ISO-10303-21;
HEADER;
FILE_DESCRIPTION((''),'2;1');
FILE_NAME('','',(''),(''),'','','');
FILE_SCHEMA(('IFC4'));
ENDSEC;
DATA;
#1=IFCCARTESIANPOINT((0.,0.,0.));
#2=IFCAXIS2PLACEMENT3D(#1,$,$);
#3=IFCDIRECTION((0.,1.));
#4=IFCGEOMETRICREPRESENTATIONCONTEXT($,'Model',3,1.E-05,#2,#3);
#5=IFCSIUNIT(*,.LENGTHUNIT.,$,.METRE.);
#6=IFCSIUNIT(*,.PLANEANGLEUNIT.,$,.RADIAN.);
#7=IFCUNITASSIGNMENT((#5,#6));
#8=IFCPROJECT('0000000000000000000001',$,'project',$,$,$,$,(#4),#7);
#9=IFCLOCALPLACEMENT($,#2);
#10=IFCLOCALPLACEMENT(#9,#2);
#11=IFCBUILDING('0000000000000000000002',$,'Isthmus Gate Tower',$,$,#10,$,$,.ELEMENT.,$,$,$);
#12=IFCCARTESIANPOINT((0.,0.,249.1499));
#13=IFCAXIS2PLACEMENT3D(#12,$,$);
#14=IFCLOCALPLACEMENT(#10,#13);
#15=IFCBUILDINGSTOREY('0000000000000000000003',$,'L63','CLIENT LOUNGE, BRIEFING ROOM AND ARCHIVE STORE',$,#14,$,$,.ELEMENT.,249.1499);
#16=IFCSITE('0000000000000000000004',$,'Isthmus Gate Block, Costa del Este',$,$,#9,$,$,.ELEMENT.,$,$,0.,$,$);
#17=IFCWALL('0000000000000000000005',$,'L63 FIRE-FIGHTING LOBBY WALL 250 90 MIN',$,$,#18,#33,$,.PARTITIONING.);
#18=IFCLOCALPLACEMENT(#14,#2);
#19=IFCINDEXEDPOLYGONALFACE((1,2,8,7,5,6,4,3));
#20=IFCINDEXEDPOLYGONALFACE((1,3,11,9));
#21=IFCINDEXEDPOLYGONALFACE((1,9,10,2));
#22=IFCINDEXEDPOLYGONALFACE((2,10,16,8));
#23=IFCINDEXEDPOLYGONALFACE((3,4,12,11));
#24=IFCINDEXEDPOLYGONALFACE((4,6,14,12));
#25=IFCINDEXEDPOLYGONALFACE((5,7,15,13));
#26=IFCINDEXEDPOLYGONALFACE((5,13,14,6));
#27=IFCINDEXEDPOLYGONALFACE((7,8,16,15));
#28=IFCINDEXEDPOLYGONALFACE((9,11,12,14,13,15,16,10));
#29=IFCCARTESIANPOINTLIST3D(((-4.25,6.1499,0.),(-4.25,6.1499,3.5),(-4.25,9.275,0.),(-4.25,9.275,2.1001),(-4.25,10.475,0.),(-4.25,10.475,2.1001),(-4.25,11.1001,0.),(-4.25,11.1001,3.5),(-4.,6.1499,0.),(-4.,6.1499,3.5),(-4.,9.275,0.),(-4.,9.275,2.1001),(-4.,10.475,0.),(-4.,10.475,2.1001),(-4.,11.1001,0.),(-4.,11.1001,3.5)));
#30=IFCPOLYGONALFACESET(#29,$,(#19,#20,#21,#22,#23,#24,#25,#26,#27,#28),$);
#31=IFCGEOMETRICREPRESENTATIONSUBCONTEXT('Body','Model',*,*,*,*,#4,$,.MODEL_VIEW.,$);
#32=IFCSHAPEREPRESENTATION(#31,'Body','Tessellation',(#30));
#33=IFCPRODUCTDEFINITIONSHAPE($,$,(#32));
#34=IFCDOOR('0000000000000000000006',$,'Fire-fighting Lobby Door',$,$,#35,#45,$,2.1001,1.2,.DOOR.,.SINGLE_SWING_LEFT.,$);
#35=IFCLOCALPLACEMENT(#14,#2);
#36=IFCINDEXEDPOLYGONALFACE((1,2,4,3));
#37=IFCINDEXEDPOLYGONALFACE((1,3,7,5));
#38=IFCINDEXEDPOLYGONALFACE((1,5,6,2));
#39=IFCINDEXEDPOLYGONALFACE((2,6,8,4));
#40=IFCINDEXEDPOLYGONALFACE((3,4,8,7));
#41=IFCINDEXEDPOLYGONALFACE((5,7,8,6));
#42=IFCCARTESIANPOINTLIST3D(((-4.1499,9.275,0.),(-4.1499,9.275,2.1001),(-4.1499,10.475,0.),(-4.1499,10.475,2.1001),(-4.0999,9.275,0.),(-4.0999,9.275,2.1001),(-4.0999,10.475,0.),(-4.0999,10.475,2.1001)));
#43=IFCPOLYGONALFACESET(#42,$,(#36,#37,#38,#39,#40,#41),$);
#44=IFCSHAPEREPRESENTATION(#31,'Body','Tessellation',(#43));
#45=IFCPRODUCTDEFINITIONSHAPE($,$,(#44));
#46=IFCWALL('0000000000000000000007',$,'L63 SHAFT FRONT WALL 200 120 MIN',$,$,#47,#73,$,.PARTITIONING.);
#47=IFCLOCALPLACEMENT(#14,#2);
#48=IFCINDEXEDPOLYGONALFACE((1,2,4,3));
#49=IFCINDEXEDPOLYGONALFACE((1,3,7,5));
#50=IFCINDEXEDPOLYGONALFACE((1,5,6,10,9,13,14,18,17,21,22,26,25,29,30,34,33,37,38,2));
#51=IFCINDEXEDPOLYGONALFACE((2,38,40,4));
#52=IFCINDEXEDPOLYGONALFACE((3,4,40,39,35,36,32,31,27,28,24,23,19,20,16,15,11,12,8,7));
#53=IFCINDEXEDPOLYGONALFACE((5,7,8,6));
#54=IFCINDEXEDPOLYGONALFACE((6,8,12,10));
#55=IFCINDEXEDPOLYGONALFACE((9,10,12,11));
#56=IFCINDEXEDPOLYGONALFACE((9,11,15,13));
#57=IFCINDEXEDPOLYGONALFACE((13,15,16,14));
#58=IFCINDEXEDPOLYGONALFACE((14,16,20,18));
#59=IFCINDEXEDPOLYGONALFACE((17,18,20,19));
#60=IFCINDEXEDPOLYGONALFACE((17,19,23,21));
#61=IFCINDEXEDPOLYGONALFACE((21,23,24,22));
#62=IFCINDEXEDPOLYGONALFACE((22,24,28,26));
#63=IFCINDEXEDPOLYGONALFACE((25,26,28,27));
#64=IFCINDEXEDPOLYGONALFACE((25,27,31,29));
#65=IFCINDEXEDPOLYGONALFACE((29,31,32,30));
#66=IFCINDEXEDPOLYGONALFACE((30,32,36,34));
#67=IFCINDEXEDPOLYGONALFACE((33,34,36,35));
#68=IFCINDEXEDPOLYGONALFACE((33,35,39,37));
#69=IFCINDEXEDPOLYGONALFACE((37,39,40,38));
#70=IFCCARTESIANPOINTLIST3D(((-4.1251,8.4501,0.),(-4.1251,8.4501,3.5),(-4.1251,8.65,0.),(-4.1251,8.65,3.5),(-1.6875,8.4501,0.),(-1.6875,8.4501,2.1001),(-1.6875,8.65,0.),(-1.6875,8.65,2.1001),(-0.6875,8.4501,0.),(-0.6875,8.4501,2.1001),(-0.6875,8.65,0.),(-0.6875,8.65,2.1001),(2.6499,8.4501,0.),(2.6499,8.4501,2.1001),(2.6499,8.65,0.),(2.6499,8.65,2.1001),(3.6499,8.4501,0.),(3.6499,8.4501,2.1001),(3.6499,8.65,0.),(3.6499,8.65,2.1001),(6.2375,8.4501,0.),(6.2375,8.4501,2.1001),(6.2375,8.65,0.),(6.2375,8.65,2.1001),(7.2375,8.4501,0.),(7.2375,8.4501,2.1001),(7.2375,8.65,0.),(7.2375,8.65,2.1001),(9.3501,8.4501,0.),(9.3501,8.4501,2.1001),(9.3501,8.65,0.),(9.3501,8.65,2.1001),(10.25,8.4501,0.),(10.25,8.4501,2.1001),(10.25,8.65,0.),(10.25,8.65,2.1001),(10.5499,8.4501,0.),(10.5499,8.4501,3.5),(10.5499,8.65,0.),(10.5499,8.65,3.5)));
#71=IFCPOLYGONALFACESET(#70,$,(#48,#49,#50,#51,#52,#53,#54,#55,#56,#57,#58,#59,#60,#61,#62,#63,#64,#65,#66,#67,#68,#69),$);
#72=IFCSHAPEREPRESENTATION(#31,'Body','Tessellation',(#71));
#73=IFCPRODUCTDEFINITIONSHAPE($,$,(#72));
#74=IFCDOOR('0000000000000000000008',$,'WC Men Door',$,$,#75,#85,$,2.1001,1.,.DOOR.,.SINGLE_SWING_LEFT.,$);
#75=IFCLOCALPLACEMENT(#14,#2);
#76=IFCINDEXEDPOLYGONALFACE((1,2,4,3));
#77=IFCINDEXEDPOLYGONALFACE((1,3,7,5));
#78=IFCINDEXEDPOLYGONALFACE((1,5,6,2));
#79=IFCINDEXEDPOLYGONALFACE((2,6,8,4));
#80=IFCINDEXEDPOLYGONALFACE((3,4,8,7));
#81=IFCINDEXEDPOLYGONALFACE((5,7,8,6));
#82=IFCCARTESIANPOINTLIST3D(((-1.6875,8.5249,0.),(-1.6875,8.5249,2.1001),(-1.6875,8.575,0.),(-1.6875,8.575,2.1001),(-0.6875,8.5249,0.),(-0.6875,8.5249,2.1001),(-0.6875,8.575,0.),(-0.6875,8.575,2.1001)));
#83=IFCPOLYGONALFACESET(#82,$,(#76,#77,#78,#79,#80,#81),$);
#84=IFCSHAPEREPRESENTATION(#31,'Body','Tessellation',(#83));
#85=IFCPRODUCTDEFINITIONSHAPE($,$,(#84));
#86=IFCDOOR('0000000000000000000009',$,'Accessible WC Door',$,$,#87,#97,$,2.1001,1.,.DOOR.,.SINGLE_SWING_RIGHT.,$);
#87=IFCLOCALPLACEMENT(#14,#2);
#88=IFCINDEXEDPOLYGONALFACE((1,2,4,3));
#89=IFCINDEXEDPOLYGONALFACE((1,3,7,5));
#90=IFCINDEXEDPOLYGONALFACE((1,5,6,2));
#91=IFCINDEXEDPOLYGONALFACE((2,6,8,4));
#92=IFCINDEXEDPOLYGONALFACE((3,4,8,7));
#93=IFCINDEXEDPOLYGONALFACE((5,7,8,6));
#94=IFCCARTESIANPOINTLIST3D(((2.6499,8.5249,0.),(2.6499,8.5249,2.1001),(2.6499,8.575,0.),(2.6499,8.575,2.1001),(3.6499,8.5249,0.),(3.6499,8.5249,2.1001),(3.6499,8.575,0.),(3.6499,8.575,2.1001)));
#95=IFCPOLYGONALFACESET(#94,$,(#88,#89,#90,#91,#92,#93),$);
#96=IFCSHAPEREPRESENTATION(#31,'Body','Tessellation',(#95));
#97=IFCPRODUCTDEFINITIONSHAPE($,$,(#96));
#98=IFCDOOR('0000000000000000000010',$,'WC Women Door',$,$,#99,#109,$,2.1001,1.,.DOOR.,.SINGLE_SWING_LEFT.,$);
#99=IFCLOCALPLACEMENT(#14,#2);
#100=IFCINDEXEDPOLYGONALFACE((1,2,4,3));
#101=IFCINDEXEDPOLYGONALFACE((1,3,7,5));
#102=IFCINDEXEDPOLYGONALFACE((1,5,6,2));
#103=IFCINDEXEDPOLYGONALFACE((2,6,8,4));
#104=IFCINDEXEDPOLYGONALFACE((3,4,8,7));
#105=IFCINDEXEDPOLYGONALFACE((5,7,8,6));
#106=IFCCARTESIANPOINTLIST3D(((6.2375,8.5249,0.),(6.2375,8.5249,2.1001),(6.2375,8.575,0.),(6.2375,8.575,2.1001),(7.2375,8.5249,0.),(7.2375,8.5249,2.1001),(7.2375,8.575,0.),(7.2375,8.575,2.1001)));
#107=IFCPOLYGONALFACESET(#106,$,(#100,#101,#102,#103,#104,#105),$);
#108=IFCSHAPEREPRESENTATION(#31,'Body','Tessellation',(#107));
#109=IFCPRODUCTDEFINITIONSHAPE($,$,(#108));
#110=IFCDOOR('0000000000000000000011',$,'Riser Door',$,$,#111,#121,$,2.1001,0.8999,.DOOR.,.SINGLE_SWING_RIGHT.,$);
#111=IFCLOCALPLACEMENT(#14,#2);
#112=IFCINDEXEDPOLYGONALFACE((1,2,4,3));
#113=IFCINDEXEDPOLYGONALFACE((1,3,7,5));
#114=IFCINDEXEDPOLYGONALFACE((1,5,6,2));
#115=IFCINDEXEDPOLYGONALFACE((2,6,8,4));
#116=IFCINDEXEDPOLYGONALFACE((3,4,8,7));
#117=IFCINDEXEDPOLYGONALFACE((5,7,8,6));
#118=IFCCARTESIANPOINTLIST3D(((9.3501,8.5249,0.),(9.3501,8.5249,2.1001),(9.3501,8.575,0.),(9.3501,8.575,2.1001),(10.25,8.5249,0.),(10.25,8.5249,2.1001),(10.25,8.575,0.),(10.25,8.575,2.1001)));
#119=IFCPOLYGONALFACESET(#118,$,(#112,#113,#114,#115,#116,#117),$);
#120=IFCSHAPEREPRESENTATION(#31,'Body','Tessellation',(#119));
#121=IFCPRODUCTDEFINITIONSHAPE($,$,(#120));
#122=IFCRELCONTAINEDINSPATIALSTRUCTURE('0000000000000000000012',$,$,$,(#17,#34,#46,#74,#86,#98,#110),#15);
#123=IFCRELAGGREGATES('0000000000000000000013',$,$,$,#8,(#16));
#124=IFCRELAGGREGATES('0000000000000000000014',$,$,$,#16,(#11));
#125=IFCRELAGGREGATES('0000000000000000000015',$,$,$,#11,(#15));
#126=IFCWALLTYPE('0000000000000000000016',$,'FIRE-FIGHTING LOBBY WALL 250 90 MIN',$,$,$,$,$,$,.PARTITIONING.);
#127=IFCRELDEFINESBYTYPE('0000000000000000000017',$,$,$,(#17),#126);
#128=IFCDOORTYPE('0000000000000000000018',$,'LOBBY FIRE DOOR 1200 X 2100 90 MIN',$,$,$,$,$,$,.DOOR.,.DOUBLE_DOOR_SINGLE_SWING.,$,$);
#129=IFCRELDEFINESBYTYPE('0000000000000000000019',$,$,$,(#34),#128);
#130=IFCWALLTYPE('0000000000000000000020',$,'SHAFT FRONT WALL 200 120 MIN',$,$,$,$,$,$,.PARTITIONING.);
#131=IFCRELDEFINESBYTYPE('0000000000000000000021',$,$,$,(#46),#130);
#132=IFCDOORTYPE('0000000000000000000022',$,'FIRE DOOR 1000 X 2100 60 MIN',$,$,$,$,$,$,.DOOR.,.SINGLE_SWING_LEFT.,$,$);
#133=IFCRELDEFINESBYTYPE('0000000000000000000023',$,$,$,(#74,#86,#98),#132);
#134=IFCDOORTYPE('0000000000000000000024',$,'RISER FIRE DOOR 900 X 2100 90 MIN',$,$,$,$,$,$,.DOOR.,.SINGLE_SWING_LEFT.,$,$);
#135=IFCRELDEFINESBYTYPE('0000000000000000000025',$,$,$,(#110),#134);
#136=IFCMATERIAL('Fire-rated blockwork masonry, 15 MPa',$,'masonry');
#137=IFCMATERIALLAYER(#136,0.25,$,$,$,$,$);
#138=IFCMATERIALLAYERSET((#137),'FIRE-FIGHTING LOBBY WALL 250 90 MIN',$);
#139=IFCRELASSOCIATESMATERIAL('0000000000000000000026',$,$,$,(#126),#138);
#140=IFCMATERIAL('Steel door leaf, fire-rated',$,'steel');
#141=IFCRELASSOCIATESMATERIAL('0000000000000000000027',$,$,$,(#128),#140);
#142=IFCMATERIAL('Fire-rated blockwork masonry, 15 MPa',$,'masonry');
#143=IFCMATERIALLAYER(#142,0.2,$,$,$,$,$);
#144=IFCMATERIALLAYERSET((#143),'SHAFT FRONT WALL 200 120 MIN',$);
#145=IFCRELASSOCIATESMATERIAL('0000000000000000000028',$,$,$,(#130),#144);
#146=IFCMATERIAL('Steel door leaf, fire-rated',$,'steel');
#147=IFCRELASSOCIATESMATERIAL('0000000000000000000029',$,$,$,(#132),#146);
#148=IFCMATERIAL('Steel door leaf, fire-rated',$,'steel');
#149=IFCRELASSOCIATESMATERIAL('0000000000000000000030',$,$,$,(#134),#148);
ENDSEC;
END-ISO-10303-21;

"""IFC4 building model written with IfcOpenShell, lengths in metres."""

from ifc_helpers import new_model, si_unit, direction, frame, frame_2d, origin, place, context, subcontext, project, spatial, rectangle, extrude, material, layer, layer_set, type_object, element, fill, save


model = new_model("IFC4")

# Units and contexts
model_context = context("Model", 3, precision=1e-05, world=origin(), true_north=direction((0.0, 1.0)))
body_context = subcontext(model_context, "Body", "Model", "MODEL_VIEW")
ifc_project = project(units=[si_unit("LENGTHUNIT", "METRE"), si_unit("PLANEANGLEUNIT", "RADIAN")], contexts=[model_context])

# Site, building, storey
site_placement = place(None, origin())
site = spatial("IfcSite", under=ifc_project, at=site_placement, Name="Isthmus Gate Block, Costa del Este", CompositionType="ELEMENT", RefElevation=0.0)
building_placement = place(site_placement, origin())
building = spatial("IfcBuilding", under=site, at=building_placement, Name="Isthmus Gate Tower", CompositionType="ELEMENT")
storey_placement = place(building_placement, frame((0.0, 0.0, 249.1499)))
storey = spatial("IfcBuildingStorey", under=building, at=storey_placement, Name="L63", Description="CLIENT LOUNGE, BRIEFING ROOM AND ARCHIVE STORE", CompositionType="ELEMENT", Elevation=249.1499)

# Wall, opening, door
ifc_material_1 = material(Name="Fire-rated blockwork masonry, 15 MPa", Category="masonry")
ifc_layer_1 = layer(ifc_material_1, 0.25)
ifc_layer_set_1 = layer_set([ifc_layer_1], Name="FIRE-FIGHTING LOBBY WALL 250 90 MIN")
wall_type_1 = type_object("IfcWallType", Name="FIRE-FIGHTING LOBBY WALL 250 90 MIN", PredefinedType="PARTITIONING", material=ifc_layer_set_1)
wall_1_placement = place(storey_placement, frame((-4.125, 6.1499, 0.0), z_axis=(0.0, 0.0, 1.0), x_axis=(0.0, 1.0, 0.0)))
wall_1 = element("IfcWall", 1, at=wall_1_placement, inside=storey, type_object=wall_type_1, Name="L63 FIRE-FIGHTING LOBBY WALL 250 90 MIN", PredefinedType="PARTITIONING", context=body_context, shape_type="SweptSolid", body=[
    extrude(rectangle(XDim=4.9502, YDim=0.25, at=frame_2d((2.4751, 0.0))), origin(), (0.0, 0.0, 1.0), 3.5),
])
opening_1_placement = place(wall_1_placement, frame((3.125, 0.0, 0.0)))
opening_1 = element("IfcOpeningElement", 2, at=opening_1_placement, cuts=wall_1, PredefinedType="OPENING", context=body_context, shape_type="SweptSolid", body=[
    extrude(rectangle(XDim=1.2, YDim=2.1001, at=frame_2d((0.6001, 1.05))), frame((0.0, 0.135, 0.0), z_axis=(0.0, -1.0, 0.0), x_axis=(1.0, 0.0, 0.0)), (0.0, 0.0, 1.0), 0.27),
])
ifc_material_2 = material(Name="Steel door leaf, fire-rated", Category="steel")
door_type_1 = type_object("IfcDoorType", Name="LOBBY FIRE DOOR 1200 X 2100 90 MIN", OperationType="DOUBLE_DOOR_SINGLE_SWING", PredefinedType="DOOR", material=ifc_material_2)
door_1_placement = place(opening_1_placement, origin())
door_1 = element("IfcDoor", 3, at=door_1_placement, inside=storey, type_object=door_type_1, Name="Fire-fighting Lobby Door", OperationType="SINGLE_SWING_LEFT", OverallHeight=2.1001, OverallWidth=1.2, PredefinedType="DOOR", context=body_context, shape_type="SweptSolid", body=[
    extrude(rectangle(XDim=1.2, YDim=2.1001, at=frame_2d((0.6001, 1.05))), frame((0.0, 0.0249, 0.0), z_axis=(0.0, -1.0, 0.0), x_axis=(1.0, 0.0, 0.0)), (0.0, 0.0, 1.0), 0.05),
])
fill(opening_1, door_1)

# Wall, openings, doors
ifc_material_3 = material(Name="Fire-rated blockwork masonry, 15 MPa", Category="masonry")
ifc_layer_2 = layer(ifc_material_3, 0.2)
ifc_layer_set_2 = layer_set([ifc_layer_2], Name="SHAFT FRONT WALL 200 120 MIN")
wall_type_2 = type_object("IfcWallType", Name="SHAFT FRONT WALL 200 120 MIN", PredefinedType="PARTITIONING", material=ifc_layer_set_2)
wall_2_placement = place(storey_placement, frame((-4.125, 8.55, 0.0), z_axis=(0.0, 0.0, 1.0), x_axis=(1.0, 0.0, 0.0)))
wall_2 = element("IfcWall", 4, at=wall_2_placement, inside=storey, type_object=wall_type_2, Name="L63 SHAFT FRONT WALL 200 120 MIN", PredefinedType="PARTITIONING", context=body_context, shape_type="SweptSolid", body=[
    extrude(rectangle(XDim=14.675, YDim=0.2, at=frame_2d((7.3374, 0.0))), origin(), (0.0, 0.0, 1.0), 3.5),
])
opening_2_placement = place(wall_2_placement, frame((2.4375, 0.0, 0.0)))
opening_2 = element("IfcOpeningElement", 5, at=opening_2_placement, cuts=wall_2, PredefinedType="OPENING", context=body_context, shape_type="SweptSolid", body=[
    extrude(rectangle(XDim=1.0, YDim=2.1001, at=frame_2d((0.5, 1.05))), frame((0.0, 0.1099, 0.0), z_axis=(0.0, -1.0, 0.0), x_axis=(1.0, 0.0, 0.0)), (0.0, 0.0, 1.0), 0.22),
])
opening_3_placement = place(wall_2_placement, frame((6.7749, 0.0, 0.0)))
opening_3 = element("IfcOpeningElement", 6, at=opening_3_placement, cuts=wall_2, PredefinedType="OPENING", context=body_context, shape_type="SweptSolid", body=[
    extrude(rectangle(XDim=1.0, YDim=2.1001, at=frame_2d((0.5, 1.05))), frame((0.0, 0.1099, 0.0), z_axis=(0.0, -1.0, 0.0), x_axis=(1.0, 0.0, 0.0)), (0.0, 0.0, 1.0), 0.22),
])
opening_4_placement = place(wall_2_placement, frame((10.3625, 0.0, 0.0)))
opening_4 = element("IfcOpeningElement", 7, at=opening_4_placement, cuts=wall_2, PredefinedType="OPENING", context=body_context, shape_type="SweptSolid", body=[
    extrude(rectangle(XDim=1.0, YDim=2.1001, at=frame_2d((0.5, 1.05))), frame((0.0, 0.1099, 0.0), z_axis=(0.0, -1.0, 0.0), x_axis=(1.0, 0.0, 0.0)), (0.0, 0.0, 1.0), 0.22),
])
opening_5_placement = place(wall_2_placement, frame((13.4751, 0.0, 0.0)))
opening_5 = element("IfcOpeningElement", 8, at=opening_5_placement, cuts=wall_2, PredefinedType="OPENING", context=body_context, shape_type="SweptSolid", body=[
    extrude(rectangle(XDim=0.8999, YDim=2.1001, at=frame_2d((0.45, 1.05))), frame((0.0, 0.1099, 0.0), z_axis=(0.0, -1.0, 0.0), x_axis=(1.0, 0.0, 0.0)), (0.0, 0.0, 1.0), 0.22),
])
ifc_material_4 = material(Name="Steel door leaf, fire-rated", Category="steel")
door_type_2 = type_object("IfcDoorType", Name="FIRE DOOR 1000 X 2100 60 MIN", OperationType="SINGLE_SWING_LEFT", PredefinedType="DOOR", material=ifc_material_4)
door_2_placement = place(opening_2_placement, origin())
door_2 = element("IfcDoor", 9, at=door_2_placement, inside=storey, type_object=door_type_2, Name="WC Men Door", OperationType="SINGLE_SWING_LEFT", OverallHeight=2.1001, OverallWidth=1.0, PredefinedType="DOOR", context=body_context, shape_type="SweptSolid", body=[
    extrude(rectangle(XDim=1.0, YDim=2.1001, at=frame_2d((0.5, 1.05))), frame((0.0, 0.0249, 0.0), z_axis=(0.0, -1.0, 0.0), x_axis=(1.0, 0.0, 0.0)), (0.0, 0.0, 1.0), 0.05),
])
fill(opening_2, door_2)
door_3_placement = place(opening_3_placement, origin())
door_3 = element("IfcDoor", 10, at=door_3_placement, inside=storey, type_object=door_type_2, Name="Accessible WC Door", OperationType="SINGLE_SWING_RIGHT", OverallHeight=2.1001, OverallWidth=1.0, PredefinedType="DOOR", context=body_context, shape_type="SweptSolid", body=[
    extrude(rectangle(XDim=1.0, YDim=2.1001, at=frame_2d((0.5, 1.05))), frame((0.0, 0.0249, 0.0), z_axis=(0.0, -1.0, 0.0), x_axis=(1.0, 0.0, 0.0)), (0.0, 0.0, 1.0), 0.05),
])
fill(opening_3, door_3)
door_4_placement = place(opening_4_placement, origin())
door_4 = element("IfcDoor", 11, at=door_4_placement, inside=storey, type_object=door_type_2, Name="WC Women Door", OperationType="SINGLE_SWING_LEFT", OverallHeight=2.1001, OverallWidth=1.0, PredefinedType="DOOR", context=body_context, shape_type="SweptSolid", body=[
    extrude(rectangle(XDim=1.0, YDim=2.1001, at=frame_2d((0.5, 1.05))), frame((0.0, 0.0249, 0.0), z_axis=(0.0, -1.0, 0.0), x_axis=(1.0, 0.0, 0.0)), (0.0, 0.0, 1.0), 0.05),
])
fill(opening_4, door_4)
ifc_material_5 = material(Name="Steel door leaf, fire-rated", Category="steel")
door_type_3 = type_object("IfcDoorType", Name="RISER FIRE DOOR 900 X 2100 90 MIN", OperationType="SINGLE_SWING_LEFT", PredefinedType="DOOR", material=ifc_material_5)
door_5_placement = place(opening_5_placement, origin())
door_5 = element("IfcDoor", 12, at=door_5_placement, inside=storey, type_object=door_type_3, Name="Riser Door", OperationType="SINGLE_SWING_RIGHT", OverallHeight=2.1001, OverallWidth=0.8999, PredefinedType="DOOR", context=body_context, shape_type="SweptSolid", body=[
    extrude(rectangle(XDim=0.8999, YDim=2.1001, at=frame_2d((0.45, 1.05))), frame((0.0, 0.0249, 0.0), z_axis=(0.0, -1.0, 0.0), x_axis=(1.0, 0.0, 0.0)), (0.0, 0.0, 1.0), 0.05),
])
fill(opening_5, door_5)

save(model, "model.ifc")
